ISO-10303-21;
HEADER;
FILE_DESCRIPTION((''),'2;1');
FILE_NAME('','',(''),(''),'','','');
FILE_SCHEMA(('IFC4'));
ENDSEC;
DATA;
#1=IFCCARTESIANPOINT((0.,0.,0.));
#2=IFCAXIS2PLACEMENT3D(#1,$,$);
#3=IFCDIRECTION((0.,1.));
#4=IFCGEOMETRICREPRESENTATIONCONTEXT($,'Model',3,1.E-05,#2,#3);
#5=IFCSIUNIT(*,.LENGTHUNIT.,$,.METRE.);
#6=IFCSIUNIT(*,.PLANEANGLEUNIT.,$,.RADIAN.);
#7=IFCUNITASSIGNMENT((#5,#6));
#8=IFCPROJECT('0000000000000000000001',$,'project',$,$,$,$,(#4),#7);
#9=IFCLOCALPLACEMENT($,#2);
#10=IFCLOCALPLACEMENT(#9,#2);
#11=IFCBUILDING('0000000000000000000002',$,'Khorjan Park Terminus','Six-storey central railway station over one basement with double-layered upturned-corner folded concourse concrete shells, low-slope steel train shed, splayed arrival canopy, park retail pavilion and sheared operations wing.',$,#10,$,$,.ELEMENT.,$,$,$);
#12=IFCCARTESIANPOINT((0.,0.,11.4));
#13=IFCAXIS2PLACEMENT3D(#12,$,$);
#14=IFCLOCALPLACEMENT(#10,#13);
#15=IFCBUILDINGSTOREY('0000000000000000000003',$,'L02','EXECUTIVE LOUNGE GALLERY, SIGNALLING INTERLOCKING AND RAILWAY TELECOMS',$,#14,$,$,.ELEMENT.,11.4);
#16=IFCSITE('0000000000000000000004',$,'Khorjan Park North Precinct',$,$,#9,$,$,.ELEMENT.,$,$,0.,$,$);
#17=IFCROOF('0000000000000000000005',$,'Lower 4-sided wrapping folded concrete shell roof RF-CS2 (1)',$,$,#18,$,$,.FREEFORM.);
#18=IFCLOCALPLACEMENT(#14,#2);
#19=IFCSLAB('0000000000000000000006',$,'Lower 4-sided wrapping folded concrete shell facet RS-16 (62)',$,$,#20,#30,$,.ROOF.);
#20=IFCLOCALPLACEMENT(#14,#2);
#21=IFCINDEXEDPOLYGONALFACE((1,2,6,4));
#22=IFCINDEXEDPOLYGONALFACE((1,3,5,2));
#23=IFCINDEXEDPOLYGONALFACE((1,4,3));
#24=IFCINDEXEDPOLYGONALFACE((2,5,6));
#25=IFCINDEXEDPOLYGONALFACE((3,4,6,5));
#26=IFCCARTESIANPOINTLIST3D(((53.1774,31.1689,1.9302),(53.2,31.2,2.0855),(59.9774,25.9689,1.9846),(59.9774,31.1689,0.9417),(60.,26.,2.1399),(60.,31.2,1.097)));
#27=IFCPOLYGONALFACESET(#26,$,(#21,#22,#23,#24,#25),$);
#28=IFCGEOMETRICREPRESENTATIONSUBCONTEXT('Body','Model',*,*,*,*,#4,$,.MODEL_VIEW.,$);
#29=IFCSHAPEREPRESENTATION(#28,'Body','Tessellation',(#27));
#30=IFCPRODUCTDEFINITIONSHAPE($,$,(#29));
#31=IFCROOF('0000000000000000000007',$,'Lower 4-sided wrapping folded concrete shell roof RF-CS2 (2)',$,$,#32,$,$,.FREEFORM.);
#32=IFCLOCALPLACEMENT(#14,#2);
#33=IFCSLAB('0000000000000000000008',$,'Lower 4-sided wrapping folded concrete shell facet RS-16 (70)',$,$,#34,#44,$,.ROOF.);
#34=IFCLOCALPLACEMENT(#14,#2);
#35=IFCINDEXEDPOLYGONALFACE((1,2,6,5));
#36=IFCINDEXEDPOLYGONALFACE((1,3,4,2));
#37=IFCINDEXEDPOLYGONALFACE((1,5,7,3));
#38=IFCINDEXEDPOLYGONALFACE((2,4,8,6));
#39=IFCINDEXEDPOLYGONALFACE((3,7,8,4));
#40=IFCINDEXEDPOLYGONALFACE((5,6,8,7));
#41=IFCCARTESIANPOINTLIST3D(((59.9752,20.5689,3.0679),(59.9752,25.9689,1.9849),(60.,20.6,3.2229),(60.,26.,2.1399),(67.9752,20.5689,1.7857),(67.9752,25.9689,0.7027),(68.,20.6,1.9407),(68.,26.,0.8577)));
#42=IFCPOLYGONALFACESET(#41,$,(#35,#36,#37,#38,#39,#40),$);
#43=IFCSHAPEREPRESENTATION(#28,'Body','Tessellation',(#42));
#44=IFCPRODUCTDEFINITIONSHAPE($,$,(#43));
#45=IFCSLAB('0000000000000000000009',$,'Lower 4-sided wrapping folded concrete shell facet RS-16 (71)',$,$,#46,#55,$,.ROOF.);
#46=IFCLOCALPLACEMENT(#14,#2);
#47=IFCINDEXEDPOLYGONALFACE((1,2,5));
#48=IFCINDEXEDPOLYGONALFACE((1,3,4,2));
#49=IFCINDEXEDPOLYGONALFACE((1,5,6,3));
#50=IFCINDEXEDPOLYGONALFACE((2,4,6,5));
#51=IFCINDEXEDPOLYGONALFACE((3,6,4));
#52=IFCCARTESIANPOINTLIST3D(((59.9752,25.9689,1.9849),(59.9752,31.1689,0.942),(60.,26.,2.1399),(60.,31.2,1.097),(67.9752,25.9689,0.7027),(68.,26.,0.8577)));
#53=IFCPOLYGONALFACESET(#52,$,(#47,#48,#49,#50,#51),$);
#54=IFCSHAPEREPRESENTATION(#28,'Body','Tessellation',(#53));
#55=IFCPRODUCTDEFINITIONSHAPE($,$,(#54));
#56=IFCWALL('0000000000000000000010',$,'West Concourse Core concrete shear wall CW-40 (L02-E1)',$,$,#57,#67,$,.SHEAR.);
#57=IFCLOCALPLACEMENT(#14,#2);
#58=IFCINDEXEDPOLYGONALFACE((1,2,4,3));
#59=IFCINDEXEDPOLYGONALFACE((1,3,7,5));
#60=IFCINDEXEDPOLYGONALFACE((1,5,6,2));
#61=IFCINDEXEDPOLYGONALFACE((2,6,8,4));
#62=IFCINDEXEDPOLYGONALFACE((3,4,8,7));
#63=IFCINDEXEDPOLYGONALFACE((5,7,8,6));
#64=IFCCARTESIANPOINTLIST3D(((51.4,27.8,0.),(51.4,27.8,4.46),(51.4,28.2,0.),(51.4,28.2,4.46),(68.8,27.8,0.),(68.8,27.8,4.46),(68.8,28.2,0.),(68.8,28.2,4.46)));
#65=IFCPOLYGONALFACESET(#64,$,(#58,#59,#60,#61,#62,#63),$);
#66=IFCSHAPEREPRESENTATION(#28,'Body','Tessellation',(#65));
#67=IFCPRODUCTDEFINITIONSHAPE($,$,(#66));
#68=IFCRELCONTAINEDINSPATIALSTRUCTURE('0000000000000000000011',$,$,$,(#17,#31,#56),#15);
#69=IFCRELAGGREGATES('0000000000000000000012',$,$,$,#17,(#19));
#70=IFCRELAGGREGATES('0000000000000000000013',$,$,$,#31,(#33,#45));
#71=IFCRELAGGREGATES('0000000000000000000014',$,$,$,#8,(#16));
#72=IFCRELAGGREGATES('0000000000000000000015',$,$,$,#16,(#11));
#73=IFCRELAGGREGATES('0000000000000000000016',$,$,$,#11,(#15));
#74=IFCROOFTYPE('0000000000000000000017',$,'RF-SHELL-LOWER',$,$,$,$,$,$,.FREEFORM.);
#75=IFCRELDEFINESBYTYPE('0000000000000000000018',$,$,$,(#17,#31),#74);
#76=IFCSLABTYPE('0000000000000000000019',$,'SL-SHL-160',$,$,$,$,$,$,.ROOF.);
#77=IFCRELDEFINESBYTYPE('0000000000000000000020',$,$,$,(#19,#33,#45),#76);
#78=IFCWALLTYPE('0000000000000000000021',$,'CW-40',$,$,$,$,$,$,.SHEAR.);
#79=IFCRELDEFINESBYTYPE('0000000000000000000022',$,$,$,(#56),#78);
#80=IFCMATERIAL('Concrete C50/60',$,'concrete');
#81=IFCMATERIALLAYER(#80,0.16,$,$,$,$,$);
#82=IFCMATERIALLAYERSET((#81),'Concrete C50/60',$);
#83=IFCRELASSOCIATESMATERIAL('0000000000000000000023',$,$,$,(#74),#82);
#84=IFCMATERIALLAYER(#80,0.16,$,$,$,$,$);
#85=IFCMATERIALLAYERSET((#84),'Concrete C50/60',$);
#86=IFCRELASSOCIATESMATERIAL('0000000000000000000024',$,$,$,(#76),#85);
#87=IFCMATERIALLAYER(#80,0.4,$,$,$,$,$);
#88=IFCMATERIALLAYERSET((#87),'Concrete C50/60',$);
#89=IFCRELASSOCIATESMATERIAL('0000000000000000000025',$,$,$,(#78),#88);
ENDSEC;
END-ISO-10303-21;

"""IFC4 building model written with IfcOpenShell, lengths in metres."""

from ifc_helpers import new_model, si_unit, direction, frame, frame_2d, origin, place, context, subcontext, project, spatial, polyline, rectangle, outline, extrude, material, layer, layer_set, type_object, element, aggregate, save


model = new_model("IFC4")

# Units and contexts
model_context = context("Model", 3, precision=1e-05, world=origin(), true_north=direction((0.0, 1.0)))
body_context = subcontext(model_context, "Body", "Model", "MODEL_VIEW")
ifc_project = project(units=[si_unit("LENGTHUNIT", "METRE"), si_unit("PLANEANGLEUNIT", "RADIAN")], contexts=[model_context])

# Site, building, storey
site_placement = place(None, origin())
site = spatial("IfcSite", under=ifc_project, at=site_placement, Name="Khorjan Park North Precinct", CompositionType="ELEMENT", RefElevation=0.0)
building_placement = place(site_placement, origin())
building = spatial("IfcBuilding", under=site, at=building_placement, Name="Khorjan Park Terminus", Description="Six-storey central railway station over one basement with double-layered upturned-corner folded concourse concrete shells, low-slope steel train shed, splayed arrival canopy, park retail pavilion and sheared operations wing.", CompositionType="ELEMENT")
storey_placement = place(building_placement, frame((0.0, 0.0, 11.4)))
storey = spatial("IfcBuildingStorey", under=building, at=storey_placement, Name="L02", Description="EXECUTIVE LOUNGE GALLERY, SIGNALLING INTERLOCKING AND RAILWAY TELECOMS", CompositionType="ELEMENT", Elevation=11.4)

# Shared definitions
ifc_material_1 = material(Name="Concrete C50/60", Category="concrete")

# Roofs, slabs
ifc_layer_1 = layer(ifc_material_1, 0.16)
ifc_layer_set_1 = layer_set([ifc_layer_1], Name="Concrete C50/60")
roof_type = type_object("IfcRoofType", Name="RF-SHELL-LOWER", PredefinedType="FREEFORM", material=ifc_layer_set_1)
roof_1_placement = place(storey_placement, origin())
roof_1 = element("IfcRoof", 1, at=roof_1_placement, inside=storey, type_object=roof_type, Name="Lower 4-sided wrapping folded concrete shell roof RF-CS2 (1)", PredefinedType="FREEFORM")
ifc_layer_2 = layer(ifc_material_1, 0.16)
ifc_layer_set_2 = layer_set([ifc_layer_2], Name="Concrete C50/60")
slab_type = type_object("IfcSlabType", Name="SL-SHL-160", PredefinedType="ROOF", material=ifc_layer_set_2)
slab_1_placement = place(storey_placement, frame((60.0, 26.0, 2.1399), z_axis=(0.141103, 0.194674, 0.970666), x_axis=(0.0, 0.980475, -0.196642)))
slab_1 = element("IfcSlab", 2, at=slab_1_placement, type_object=slab_type, Name="Lower 4-sided wrapping folded concrete shell facet RS-16 (62)", PredefinedType="ROOF", context=body_context, shape_type="SweptSolid", body=[
    extrude(outline(polyline([(0.0, 0.0), (5.3035, 0.0), (5.1092, 6.8687), (0.0, 0.0)])), origin(), (0.0, 0.0, -1.0), 0.16),
])
aggregate(roof_1, [slab_1])
roof_2_placement = place(storey_placement, origin())
roof_2 = element("IfcRoof", 3, at=roof_2_placement, inside=storey, type_object=roof_type, Name="Lower 4-sided wrapping folded concrete shell roof RF-CS2 (2)", PredefinedType="FREEFORM")
slab_2_placement = place(storey_placement, frame((60.0, 20.6, 3.2229), z_axis=(0.155241, 0.194256, 0.968589), x_axis=(0.987398, 0.0, -0.158255)))
slab_2 = element("IfcSlab", 4, at=slab_2_placement, type_object=slab_type, Name="Lower 4-sided wrapping folded concrete shell facet RS-16 (70)", PredefinedType="ROOF", context=body_context, shape_type="SweptSolid", body=[
    extrude(outline(polyline([(0.0, 0.0), (8.1021, 0.0), (8.2735, 5.5049), (0.1714, 5.5049), (0.0, 0.0)])), origin(), (0.0, 0.0, -1.0), 0.16),
])
slab_3_placement = place(storey_placement, frame((60.0, 26.0, 2.1399), z_axis=(0.155241, 0.194258, 0.968589), x_axis=(0.987398, 0.0, -0.158255)))
slab_3 = element("IfcSlab", 5, at=slab_3_placement, type_object=slab_type, Name="Lower 4-sided wrapping folded concrete shell facet RS-16 (71)", PredefinedType="ROOF", context=body_context, shape_type="SweptSolid", body=[
    extrude(outline(polyline([(0.0, 0.0), (8.1021, 0.0), (0.165, 5.301), (0.0, 0.0)])), origin(), (0.0, 0.0, -1.0), 0.16),
])
aggregate(roof_2, [slab_2, slab_3])

# Wall
ifc_layer_3 = layer(ifc_material_1, 0.4)
ifc_layer_set_3 = layer_set([ifc_layer_3], Name="Concrete C50/60")
wall_type = type_object("IfcWallType", Name="CW-40", PredefinedType="SHEAR", material=ifc_layer_set_3)
wall_placement = place(storey_placement, frame((51.4, 28.0, 0.0), z_axis=(0.0, 0.0, 1.0), x_axis=(1.0, 0.0, 0.0)))
element("IfcWall", 6, at=wall_placement, inside=storey, type_object=wall_type, Name="West Concourse Core concrete shear wall CW-40 (L02-E1)", PredefinedType="SHEAR", context=body_context, shape_type="SweptSolid", body=[
    extrude(rectangle(XDim=17.4, YDim=0.4, at=frame_2d((8.7, 0.0))), origin(), (0.0, 0.0, 1.0), 4.46),
])

save(model, "model.ifc")
